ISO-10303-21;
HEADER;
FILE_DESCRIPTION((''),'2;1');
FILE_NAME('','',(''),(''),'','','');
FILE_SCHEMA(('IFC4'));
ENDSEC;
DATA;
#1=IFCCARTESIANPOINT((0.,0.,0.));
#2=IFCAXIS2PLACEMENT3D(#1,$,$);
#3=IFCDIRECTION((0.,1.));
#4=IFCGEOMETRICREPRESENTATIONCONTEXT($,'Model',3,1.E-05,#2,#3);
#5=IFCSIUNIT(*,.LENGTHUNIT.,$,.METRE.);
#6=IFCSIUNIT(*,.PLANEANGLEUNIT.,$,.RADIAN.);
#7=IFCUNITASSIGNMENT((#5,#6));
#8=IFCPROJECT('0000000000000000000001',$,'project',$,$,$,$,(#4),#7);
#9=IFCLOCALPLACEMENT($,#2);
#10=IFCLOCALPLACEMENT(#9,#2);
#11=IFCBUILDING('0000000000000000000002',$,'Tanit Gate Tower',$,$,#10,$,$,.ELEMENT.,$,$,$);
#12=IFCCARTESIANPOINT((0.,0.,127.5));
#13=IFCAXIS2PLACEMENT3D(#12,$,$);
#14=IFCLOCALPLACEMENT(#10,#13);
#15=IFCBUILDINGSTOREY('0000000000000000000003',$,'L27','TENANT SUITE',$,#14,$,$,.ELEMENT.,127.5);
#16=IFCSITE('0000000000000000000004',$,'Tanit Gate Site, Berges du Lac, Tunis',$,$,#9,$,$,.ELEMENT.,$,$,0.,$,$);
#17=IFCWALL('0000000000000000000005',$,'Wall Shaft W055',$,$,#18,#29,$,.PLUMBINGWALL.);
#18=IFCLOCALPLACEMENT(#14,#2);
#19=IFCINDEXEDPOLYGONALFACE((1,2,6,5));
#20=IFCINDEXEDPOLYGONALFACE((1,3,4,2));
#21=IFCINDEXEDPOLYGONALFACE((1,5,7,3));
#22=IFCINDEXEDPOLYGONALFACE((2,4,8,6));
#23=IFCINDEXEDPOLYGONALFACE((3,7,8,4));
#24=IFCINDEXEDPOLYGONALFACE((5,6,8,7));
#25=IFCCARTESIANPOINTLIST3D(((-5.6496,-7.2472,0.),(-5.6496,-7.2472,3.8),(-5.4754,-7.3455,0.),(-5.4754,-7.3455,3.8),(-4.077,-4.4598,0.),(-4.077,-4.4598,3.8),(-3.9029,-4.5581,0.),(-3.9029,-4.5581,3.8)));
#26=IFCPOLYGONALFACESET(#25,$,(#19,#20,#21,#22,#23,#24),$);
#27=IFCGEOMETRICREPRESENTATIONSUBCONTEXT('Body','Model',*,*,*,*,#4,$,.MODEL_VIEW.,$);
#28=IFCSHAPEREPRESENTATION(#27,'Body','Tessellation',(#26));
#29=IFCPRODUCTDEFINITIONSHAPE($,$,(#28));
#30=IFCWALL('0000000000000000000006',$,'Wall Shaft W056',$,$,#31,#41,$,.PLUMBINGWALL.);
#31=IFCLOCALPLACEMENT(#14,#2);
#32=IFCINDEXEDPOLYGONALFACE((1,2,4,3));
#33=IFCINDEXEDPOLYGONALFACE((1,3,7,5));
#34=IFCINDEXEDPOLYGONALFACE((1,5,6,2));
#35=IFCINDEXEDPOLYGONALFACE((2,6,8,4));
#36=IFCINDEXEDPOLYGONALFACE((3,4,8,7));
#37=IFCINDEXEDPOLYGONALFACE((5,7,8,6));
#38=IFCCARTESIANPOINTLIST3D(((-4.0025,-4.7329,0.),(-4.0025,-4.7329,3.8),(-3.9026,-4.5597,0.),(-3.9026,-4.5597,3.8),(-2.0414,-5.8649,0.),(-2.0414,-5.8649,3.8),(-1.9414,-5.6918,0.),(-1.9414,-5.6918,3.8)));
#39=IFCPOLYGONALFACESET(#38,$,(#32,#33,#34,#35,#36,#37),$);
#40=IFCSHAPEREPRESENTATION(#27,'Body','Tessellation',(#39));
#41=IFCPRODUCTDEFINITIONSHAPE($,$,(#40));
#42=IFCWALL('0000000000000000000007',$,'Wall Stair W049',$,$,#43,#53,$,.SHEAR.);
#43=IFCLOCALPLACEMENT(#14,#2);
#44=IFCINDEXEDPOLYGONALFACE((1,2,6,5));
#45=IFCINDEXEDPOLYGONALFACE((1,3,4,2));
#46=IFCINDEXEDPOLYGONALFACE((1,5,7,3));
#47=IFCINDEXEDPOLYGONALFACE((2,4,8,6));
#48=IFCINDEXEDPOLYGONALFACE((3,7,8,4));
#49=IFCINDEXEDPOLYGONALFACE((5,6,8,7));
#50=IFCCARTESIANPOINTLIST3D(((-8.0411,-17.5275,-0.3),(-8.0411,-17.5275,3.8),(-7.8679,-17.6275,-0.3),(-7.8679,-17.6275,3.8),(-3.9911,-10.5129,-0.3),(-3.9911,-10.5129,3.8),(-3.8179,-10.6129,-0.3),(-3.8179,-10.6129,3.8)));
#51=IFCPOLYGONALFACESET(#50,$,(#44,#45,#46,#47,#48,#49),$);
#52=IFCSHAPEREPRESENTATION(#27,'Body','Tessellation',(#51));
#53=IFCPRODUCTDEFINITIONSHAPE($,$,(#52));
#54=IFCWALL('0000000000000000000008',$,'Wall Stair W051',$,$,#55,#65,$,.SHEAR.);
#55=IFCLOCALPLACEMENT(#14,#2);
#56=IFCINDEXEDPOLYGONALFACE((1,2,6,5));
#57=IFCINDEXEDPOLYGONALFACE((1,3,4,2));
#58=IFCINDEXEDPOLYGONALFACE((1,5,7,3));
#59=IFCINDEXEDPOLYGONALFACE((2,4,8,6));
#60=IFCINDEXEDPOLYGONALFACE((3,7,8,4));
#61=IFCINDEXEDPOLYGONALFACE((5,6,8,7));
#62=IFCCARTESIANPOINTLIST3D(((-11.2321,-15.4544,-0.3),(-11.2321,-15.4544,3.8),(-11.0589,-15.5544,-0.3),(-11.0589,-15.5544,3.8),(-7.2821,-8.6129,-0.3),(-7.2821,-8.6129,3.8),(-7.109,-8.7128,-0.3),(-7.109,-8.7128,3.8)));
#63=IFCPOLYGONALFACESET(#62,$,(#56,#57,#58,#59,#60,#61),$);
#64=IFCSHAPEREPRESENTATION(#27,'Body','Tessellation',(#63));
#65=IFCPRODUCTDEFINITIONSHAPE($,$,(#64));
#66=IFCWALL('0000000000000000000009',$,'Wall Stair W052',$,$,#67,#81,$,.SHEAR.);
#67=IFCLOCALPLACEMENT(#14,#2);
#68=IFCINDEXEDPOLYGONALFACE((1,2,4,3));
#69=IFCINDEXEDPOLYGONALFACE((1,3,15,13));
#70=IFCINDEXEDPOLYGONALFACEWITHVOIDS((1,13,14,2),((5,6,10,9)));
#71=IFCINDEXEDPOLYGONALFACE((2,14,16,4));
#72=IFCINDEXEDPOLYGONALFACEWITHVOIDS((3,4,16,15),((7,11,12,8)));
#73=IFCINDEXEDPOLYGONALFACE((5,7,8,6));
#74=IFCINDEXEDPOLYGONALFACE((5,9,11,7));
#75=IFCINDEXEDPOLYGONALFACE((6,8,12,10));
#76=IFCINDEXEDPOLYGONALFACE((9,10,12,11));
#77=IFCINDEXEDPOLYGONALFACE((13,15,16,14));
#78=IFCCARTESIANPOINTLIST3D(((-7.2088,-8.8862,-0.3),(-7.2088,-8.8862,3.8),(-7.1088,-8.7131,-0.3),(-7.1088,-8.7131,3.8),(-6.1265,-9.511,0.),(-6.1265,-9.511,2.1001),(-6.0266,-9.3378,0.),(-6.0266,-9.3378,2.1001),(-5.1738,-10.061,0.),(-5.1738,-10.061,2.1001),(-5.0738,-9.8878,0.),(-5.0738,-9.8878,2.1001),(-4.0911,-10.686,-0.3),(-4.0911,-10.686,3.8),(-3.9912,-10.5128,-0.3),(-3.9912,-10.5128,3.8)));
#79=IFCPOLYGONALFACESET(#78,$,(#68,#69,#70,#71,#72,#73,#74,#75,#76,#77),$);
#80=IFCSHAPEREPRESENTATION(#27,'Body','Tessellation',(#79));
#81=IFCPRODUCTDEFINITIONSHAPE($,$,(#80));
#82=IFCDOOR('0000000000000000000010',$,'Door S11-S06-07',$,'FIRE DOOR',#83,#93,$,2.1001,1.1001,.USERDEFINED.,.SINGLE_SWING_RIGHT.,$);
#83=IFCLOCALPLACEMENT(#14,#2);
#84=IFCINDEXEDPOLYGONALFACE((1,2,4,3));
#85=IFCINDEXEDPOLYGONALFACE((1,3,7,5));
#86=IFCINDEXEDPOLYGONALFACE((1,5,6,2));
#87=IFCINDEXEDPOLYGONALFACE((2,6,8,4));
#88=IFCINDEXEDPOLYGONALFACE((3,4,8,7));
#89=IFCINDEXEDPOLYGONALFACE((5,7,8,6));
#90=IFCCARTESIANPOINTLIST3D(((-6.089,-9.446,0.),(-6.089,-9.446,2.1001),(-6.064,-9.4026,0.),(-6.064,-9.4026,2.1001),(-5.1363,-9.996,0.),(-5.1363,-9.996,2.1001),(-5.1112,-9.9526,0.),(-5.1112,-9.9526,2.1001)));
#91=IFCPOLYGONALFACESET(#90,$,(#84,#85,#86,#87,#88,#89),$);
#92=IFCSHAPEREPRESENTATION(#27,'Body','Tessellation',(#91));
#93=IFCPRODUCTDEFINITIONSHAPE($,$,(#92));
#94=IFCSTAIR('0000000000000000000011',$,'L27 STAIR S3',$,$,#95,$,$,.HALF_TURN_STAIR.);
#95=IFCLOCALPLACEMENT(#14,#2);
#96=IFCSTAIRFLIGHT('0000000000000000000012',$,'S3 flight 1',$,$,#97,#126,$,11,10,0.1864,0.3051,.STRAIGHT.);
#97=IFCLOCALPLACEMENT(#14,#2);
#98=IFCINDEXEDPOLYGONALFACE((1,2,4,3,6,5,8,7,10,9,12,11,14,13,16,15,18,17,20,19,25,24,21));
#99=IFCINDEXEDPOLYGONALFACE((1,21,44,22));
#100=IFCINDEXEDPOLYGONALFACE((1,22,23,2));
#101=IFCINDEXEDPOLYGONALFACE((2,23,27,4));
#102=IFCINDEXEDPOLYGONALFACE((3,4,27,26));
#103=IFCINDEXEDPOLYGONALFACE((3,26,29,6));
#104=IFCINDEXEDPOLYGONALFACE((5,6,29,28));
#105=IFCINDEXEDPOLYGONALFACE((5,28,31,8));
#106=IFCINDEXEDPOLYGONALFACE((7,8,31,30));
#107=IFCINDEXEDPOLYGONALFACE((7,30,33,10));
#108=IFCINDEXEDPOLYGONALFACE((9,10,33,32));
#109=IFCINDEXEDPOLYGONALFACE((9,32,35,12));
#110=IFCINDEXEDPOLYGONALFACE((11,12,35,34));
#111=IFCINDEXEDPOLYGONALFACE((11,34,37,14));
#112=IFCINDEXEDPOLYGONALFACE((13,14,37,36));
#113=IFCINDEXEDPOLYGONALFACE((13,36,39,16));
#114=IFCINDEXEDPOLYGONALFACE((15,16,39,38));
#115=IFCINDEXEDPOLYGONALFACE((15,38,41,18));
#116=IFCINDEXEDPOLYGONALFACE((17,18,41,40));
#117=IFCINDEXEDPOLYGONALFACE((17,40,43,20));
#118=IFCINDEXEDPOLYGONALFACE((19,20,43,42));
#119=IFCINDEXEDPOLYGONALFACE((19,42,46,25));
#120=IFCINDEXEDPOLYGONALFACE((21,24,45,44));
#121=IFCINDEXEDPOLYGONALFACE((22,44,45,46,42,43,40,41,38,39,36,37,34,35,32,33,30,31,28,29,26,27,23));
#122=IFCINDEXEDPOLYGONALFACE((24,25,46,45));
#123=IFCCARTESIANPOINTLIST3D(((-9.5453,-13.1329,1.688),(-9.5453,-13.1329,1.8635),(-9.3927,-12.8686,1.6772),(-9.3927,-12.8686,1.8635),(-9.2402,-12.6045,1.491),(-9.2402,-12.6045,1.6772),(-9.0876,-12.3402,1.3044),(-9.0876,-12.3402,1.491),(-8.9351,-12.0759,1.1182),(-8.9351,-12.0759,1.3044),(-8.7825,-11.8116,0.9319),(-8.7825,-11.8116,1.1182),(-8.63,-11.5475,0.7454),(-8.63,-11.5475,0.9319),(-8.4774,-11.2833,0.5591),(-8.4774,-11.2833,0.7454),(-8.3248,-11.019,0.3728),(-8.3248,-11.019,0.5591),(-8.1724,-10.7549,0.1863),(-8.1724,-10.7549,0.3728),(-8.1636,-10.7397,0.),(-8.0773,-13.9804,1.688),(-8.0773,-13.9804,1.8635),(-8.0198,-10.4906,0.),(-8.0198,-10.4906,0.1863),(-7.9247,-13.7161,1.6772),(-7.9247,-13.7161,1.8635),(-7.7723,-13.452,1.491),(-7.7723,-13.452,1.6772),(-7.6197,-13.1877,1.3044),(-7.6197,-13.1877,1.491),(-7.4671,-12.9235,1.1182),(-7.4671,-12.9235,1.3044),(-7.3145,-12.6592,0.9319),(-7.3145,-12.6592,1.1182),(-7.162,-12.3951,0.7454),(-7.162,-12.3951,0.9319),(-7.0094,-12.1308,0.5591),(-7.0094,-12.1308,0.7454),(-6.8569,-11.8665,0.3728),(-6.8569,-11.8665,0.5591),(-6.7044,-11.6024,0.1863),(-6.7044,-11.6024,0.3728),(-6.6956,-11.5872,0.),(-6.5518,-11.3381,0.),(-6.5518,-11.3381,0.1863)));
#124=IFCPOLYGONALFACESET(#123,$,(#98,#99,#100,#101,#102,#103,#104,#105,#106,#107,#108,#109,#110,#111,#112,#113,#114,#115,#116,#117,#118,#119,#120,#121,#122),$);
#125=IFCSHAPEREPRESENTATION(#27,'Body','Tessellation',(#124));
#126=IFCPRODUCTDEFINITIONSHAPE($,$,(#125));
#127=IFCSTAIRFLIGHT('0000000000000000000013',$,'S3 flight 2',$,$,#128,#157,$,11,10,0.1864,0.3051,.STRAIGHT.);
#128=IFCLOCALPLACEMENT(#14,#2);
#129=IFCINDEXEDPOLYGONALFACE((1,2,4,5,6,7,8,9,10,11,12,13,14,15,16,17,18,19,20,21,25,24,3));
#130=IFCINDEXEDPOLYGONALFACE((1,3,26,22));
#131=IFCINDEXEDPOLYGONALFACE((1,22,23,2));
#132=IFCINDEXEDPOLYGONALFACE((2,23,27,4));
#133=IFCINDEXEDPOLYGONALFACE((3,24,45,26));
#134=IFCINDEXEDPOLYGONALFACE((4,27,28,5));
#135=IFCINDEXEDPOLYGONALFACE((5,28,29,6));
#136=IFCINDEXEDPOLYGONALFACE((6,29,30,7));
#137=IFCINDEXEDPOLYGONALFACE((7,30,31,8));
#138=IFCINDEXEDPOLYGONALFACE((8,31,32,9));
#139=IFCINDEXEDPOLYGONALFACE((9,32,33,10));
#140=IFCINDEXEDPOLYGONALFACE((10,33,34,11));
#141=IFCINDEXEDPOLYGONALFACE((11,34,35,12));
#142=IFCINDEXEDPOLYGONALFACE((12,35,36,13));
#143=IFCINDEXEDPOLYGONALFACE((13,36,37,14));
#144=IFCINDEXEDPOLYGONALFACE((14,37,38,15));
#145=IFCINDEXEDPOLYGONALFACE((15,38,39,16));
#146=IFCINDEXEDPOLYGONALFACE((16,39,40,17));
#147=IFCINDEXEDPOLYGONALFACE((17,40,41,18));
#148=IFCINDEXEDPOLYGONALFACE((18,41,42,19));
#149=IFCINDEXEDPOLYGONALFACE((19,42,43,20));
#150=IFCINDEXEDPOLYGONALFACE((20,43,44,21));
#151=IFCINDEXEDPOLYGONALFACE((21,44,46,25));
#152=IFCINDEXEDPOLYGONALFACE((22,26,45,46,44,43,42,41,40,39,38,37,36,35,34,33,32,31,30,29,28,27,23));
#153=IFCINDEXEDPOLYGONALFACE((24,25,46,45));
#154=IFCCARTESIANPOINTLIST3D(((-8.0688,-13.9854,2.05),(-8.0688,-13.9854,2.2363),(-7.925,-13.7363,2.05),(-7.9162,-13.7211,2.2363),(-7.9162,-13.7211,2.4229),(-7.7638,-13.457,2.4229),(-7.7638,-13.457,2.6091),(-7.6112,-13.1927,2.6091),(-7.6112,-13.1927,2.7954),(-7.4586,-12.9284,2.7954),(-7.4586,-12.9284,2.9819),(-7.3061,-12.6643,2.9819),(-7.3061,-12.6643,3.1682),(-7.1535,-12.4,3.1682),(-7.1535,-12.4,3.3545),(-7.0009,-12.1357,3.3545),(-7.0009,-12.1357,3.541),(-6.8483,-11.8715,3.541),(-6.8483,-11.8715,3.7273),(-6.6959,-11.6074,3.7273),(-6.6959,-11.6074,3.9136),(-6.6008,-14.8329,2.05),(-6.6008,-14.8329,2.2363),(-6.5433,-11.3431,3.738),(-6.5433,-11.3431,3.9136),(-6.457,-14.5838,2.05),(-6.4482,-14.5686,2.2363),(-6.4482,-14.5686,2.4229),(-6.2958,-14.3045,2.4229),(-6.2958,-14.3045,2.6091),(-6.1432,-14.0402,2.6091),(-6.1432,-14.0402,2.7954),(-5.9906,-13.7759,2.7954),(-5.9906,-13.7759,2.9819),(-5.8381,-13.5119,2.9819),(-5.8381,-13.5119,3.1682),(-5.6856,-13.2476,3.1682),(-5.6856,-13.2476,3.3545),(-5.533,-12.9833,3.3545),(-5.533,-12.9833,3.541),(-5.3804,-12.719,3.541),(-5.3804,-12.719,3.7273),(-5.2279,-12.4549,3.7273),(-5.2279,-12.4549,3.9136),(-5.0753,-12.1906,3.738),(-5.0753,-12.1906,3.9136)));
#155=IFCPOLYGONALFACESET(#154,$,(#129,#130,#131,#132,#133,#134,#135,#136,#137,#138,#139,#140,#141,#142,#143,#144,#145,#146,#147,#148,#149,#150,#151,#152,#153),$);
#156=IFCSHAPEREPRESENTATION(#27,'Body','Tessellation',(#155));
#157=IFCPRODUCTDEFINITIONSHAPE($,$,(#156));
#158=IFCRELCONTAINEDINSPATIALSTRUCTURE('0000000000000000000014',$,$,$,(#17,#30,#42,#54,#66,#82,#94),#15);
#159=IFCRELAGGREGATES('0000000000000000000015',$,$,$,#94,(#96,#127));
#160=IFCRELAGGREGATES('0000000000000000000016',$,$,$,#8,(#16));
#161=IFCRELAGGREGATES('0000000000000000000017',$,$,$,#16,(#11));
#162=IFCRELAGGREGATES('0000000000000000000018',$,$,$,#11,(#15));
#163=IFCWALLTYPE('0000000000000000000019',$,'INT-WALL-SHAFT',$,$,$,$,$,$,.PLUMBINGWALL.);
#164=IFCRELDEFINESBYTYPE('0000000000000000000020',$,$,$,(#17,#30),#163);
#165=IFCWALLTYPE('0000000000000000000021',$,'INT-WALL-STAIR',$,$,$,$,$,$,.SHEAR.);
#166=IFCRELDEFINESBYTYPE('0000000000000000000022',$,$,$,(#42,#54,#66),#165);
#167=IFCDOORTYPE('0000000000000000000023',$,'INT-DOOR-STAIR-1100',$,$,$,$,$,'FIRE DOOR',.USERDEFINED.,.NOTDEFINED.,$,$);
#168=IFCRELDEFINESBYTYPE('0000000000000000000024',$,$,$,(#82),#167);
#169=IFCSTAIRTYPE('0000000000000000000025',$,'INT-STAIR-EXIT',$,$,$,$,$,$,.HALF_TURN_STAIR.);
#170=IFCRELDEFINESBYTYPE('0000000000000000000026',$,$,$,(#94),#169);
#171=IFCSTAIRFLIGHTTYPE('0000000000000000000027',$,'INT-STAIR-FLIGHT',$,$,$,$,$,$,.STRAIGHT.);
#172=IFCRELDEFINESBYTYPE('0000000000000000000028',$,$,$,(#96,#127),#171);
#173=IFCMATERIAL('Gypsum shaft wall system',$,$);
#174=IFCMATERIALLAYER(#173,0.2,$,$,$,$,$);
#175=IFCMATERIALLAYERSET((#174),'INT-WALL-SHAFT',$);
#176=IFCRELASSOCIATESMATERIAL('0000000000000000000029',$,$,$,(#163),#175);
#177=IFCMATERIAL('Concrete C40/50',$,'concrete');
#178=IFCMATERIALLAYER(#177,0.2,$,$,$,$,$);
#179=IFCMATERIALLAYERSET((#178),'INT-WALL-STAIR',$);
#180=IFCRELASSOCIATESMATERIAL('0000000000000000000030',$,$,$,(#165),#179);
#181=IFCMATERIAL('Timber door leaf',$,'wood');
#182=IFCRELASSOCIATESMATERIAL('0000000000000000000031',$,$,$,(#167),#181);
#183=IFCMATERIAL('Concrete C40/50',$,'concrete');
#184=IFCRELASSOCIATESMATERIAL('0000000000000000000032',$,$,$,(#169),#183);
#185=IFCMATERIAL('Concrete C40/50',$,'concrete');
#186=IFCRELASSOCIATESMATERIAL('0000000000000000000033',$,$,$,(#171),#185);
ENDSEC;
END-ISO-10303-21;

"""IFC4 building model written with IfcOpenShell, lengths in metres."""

from ifc_helpers import new_model, si_unit, direction, frame, frame_2d, origin, place, context, subcontext, project, spatial, polyline, rectangle, outline, extrude, material, layer, layer_set, type_object, element, fill, aggregate, save


model = new_model("IFC4")

# Units and contexts
model_context = context("Model", 3, precision=1e-05, world=origin(), true_north=direction((0.0, 1.0)))
body_context = subcontext(model_context, "Body", "Model", "MODEL_VIEW")
ifc_project = project(units=[si_unit("LENGTHUNIT", "METRE"), si_unit("PLANEANGLEUNIT", "RADIAN")], contexts=[model_context])

# Site, building, storey
site_placement = place(None, origin())
site = spatial("IfcSite", under=ifc_project, at=site_placement, Name="Tanit Gate Site, Berges du Lac, Tunis", CompositionType="ELEMENT", RefElevation=0.0)
building_placement = place(site_placement, origin())
building = spatial("IfcBuilding", under=site, at=building_placement, Name="Tanit Gate Tower", CompositionType="ELEMENT")
storey_placement = place(building_placement, frame((0.0, 0.0, 127.5)))
storey = spatial("IfcBuildingStorey", under=building, at=storey_placement, Name="L27", Description="TENANT SUITE", CompositionType="ELEMENT", Elevation=127.5)

# Shared definitions
ifc_material_1 = material(Name="Gypsum shaft wall system")
ifc_layer_1 = layer(ifc_material_1, 0.2)
ifc_layer_set_1 = layer_set([ifc_layer_1], Name="INT-WALL-SHAFT")
wall_type_1 = type_object("IfcWallType", Name="INT-WALL-SHAFT", PredefinedType="PLUMBINGWALL", material=ifc_layer_set_1)

# Walls
wall_1_placement = place(storey_placement, frame((-3.99, -4.509, 0.0), z_axis=(0.0, 0.0, 1.0), x_axis=(-0.491358, -0.870958, 0.0)))
element("IfcWall", 1, at=wall_1_placement, inside=storey, type_object=wall_type_1, Name="Wall Shaft W055", PredefinedType="PLUMBINGWALL", context=body_context, shape_type="SweptSolid", body=[
    extrude(rectangle(XDim=3.2004, YDim=0.2, at=frame_2d((1.6001, 0.0))), origin(), (0.0, 0.0, 1.0), 3.8),
])
wall_2_placement = place(storey_placement, frame((-3.9526, -4.6462, 0.0), z_axis=(0.0, 0.0, 1.0), x_axis=(0.866065, -0.499931, 0.0)))
element("IfcWall", 2, at=wall_2_placement, inside=storey, type_object=wall_type_1, Name="Wall Shaft W056", PredefinedType="PLUMBINGWALL", context=body_context, shape_type="SweptSolid", body=[
    extrude(rectangle(XDim=2.2644, YDim=0.2, at=frame_2d((1.1323, 0.0))), origin(), (0.0, 0.0, 1.0), 3.8),
])
ifc_material_2 = material(Name="Concrete C40/50", Category="concrete")
ifc_layer_2 = layer(ifc_material_2, 0.2)
ifc_layer_set_2 = layer_set([ifc_layer_2], Name="INT-WALL-STAIR")
wall_type_2 = type_object("IfcWallType", Name="INT-WALL-STAIR", PredefinedType="SHEAR", material=ifc_layer_set_2)
wall_3_placement = place(storey_placement, frame((-3.9045, -10.563, -0.3), z_axis=(0.0, 0.0, 1.0), x_axis=(-0.500013, -0.866018, 0.0)))
element("IfcWall", 3, at=wall_3_placement, inside=storey, type_object=wall_type_2, Name="Wall Stair W049", PredefinedType="SHEAR", context=body_context, shape_type="SweptSolid", body=[
    extrude(rectangle(XDim=8.0999, YDim=0.2, at=frame_2d((4.0498, 0.0))), origin(), (0.0, 0.0, 1.0), 4.1001),
])
wall_4_placement = place(storey_placement, frame((-7.1956, -8.6628, -0.3), z_axis=(0.0, 0.0, 1.0), x_axis=(-0.499998, -0.866027, 0.0)))
element("IfcWall", 4, at=wall_4_placement, inside=storey, type_object=wall_type_2, Name="Wall Stair W051", PredefinedType="SHEAR", context=body_context, shape_type="SweptSolid", body=[
    extrude(rectangle(XDim=7.8999, YDim=0.2, at=frame_2d((3.95, 0.0))), origin(), (0.0, 0.0, 1.0), 4.1001),
])

# Wall, opening, door
wall_5_placement = place(storey_placement, frame((-4.0413, -10.5994, -0.3), z_axis=(0.0, 0.0, 1.0), x_axis=(-0.866048, 0.499961, 0.0)))
wall_5 = element("IfcWall", 5, at=wall_5_placement, inside=storey, type_object=wall_type_2, Name="Wall Stair W052", PredefinedType="SHEAR", context=body_context, shape_type="SweptSolid", body=[
    extrude(rectangle(XDim=3.5999, YDim=0.2, at=frame_2d((1.7998, 0.0))), origin(), (0.0, 0.0, 1.0), 4.1001),
])
opening_1_placement = place(wall_5_placement, frame((1.25, 0.0, 0.3)))
opening_1 = element("IfcOpeningElement", 6, at=opening_1_placement, cuts=wall_5, PredefinedType="OPENING", context=body_context, shape_type="SweptSolid", body=[
    extrude(rectangle(XDim=1.1001, YDim=2.1001, at=frame_2d((0.55, 1.05))), frame((0.0, 0.1099, 0.0), z_axis=(0.0, -1.0, 0.0), x_axis=(1.0, 0.0, 0.0)), (0.0, 0.0, 1.0), 0.22),
])
ifc_material_3 = material(Name="Timber door leaf", Category="wood")
door_type_1 = type_object("IfcDoorType", Name="INT-DOOR-STAIR-1100", ElementType="FIRE DOOR", OperationType="NOTDEFINED", PredefinedType="USERDEFINED", material=ifc_material_3)
door_1_placement = place(opening_1_placement, origin())
door_1 = element("IfcDoor", 7, at=door_1_placement, inside=storey, type_object=door_type_1, Name="Door S11-S06-07", ObjectType="FIRE DOOR", OperationType="SINGLE_SWING_RIGHT", OverallHeight=2.1001, OverallWidth=1.1001, PredefinedType="USERDEFINED", context=body_context, shape_type="SweptSolid", body=[
    extrude(rectangle(XDim=1.1001, YDim=2.1001, at=frame_2d((0.55, 1.05))), frame((0.0, 0.0249, 0.0), z_axis=(0.0, -1.0, 0.0), x_axis=(1.0, 0.0, 0.0)), (0.0, 0.0, 1.0), 0.05),
])
fill(opening_1, door_1)

# Stair, stair flights
ifc_material_4 = material(Name="Concrete C40/50", Category="concrete")
stair_type = type_object("IfcStairType", Name="INT-STAIR-EXIT", PredefinedType="HALF_TURN_STAIR", material=ifc_material_4)
stair_placement = place(storey_placement, origin())
stair = element("IfcStair", 8, at=stair_placement, inside=storey, type_object=stair_type, Name="L27 STAIR S3", PredefinedType="HALF_TURN_STAIR")
ifc_material_5 = material(Name="Concrete C40/50", Category="concrete")
stair_flight_type = type_object("IfcStairFlightType", Name="INT-STAIR-FLIGHT", PredefinedType="STRAIGHT", material=ifc_material_5)
stair_flight_1_placement = place(storey_placement, frame((-7.2859, -10.9143, 0.0), z_axis=(0.0, 0.0, 1.0), x_axis=(-0.5, -0.866025, 0.0)))
stair_flight_1 = element("IfcStairFlight", 9, at=stair_flight_1_placement, type_object=stair_flight_type, Name="S3 flight 1", NumberOfRisers=11, NumberOfTreads=10, PredefinedType="STRAIGHT", RiserHeight=0.1864, TreadLength=0.3051, context=body_context, shape_type="SweptSolid", body=[
    extrude(outline(polyline([(0.0, 0.0), (0.0, 0.1863), (0.3052, 0.1863), (0.3052, 0.3728), (0.6101, 0.3728), (0.6101, 0.5591), (0.9153, 0.5591), (0.9153, 0.7454), (1.2205, 0.7454), (1.2205, 0.9319), (1.5254, 0.9319), (1.5254, 1.1182), (1.8306, 1.1182), (1.8306, 1.3044), (2.1357, 1.3044), (2.1357, 1.491), (2.4409, 1.491), (2.4409, 1.6772), (2.7458, 1.6772), (2.7458, 1.8635), (3.051, 1.8635), (3.051, 2.05), (3.051, 1.688), (0.2876, 0.0), (0.0, 0.0)])), frame((0.0, 0.8477, 0.0), z_axis=(0.0, -1.0, 0.0), x_axis=(1.0, 0.0, 0.0)), (0.0, 0.0, 1.0), 1.6951),
])
stair_flight_2_placement = place(storey_placement, frame((-7.3347, -14.4092, 2.05), z_axis=(0.0, 0.0, 1.0), x_axis=(0.5, 0.866025, 0.0)))
stair_flight_2 = element("IfcStairFlight", 10, at=stair_flight_2_placement, type_object=stair_flight_type, Name="S3 flight 2", NumberOfRisers=11, NumberOfTreads=10, PredefinedType="STRAIGHT", RiserHeight=0.1864, TreadLength=0.3051, context=body_context, shape_type="SweptSolid", body=[
    extrude(outline(polyline([(0.0, 0.0), (0.0, 0.1863), (0.3052, 0.1863), (0.3052, 0.3728), (0.6101, 0.3728), (0.6101, 0.5591), (0.9153, 0.5591), (0.9153, 0.7454), (1.2205, 0.7454), (1.2205, 0.9319), (1.5254, 0.9319), (1.5254, 1.1182), (1.8306, 1.1182), (1.8306, 1.3044), (2.1357, 1.3044), (2.1357, 1.491), (2.4409, 1.491), (2.4409, 1.6772), (2.7458, 1.6772), (2.7458, 1.8635), (3.051, 1.8635), (3.051, 2.05), (3.051, 1.688), (0.2876, 0.0), (0.0, 0.0)])), frame((0.0, 0.8477, 0.0), z_axis=(0.0, -1.0, 0.0), x_axis=(1.0, 0.0, 0.0)), (0.0, 0.0, 1.0), 1.6951),
])
aggregate(stair, [stair_flight_1, stair_flight_2])

save(model, "model.ifc")
